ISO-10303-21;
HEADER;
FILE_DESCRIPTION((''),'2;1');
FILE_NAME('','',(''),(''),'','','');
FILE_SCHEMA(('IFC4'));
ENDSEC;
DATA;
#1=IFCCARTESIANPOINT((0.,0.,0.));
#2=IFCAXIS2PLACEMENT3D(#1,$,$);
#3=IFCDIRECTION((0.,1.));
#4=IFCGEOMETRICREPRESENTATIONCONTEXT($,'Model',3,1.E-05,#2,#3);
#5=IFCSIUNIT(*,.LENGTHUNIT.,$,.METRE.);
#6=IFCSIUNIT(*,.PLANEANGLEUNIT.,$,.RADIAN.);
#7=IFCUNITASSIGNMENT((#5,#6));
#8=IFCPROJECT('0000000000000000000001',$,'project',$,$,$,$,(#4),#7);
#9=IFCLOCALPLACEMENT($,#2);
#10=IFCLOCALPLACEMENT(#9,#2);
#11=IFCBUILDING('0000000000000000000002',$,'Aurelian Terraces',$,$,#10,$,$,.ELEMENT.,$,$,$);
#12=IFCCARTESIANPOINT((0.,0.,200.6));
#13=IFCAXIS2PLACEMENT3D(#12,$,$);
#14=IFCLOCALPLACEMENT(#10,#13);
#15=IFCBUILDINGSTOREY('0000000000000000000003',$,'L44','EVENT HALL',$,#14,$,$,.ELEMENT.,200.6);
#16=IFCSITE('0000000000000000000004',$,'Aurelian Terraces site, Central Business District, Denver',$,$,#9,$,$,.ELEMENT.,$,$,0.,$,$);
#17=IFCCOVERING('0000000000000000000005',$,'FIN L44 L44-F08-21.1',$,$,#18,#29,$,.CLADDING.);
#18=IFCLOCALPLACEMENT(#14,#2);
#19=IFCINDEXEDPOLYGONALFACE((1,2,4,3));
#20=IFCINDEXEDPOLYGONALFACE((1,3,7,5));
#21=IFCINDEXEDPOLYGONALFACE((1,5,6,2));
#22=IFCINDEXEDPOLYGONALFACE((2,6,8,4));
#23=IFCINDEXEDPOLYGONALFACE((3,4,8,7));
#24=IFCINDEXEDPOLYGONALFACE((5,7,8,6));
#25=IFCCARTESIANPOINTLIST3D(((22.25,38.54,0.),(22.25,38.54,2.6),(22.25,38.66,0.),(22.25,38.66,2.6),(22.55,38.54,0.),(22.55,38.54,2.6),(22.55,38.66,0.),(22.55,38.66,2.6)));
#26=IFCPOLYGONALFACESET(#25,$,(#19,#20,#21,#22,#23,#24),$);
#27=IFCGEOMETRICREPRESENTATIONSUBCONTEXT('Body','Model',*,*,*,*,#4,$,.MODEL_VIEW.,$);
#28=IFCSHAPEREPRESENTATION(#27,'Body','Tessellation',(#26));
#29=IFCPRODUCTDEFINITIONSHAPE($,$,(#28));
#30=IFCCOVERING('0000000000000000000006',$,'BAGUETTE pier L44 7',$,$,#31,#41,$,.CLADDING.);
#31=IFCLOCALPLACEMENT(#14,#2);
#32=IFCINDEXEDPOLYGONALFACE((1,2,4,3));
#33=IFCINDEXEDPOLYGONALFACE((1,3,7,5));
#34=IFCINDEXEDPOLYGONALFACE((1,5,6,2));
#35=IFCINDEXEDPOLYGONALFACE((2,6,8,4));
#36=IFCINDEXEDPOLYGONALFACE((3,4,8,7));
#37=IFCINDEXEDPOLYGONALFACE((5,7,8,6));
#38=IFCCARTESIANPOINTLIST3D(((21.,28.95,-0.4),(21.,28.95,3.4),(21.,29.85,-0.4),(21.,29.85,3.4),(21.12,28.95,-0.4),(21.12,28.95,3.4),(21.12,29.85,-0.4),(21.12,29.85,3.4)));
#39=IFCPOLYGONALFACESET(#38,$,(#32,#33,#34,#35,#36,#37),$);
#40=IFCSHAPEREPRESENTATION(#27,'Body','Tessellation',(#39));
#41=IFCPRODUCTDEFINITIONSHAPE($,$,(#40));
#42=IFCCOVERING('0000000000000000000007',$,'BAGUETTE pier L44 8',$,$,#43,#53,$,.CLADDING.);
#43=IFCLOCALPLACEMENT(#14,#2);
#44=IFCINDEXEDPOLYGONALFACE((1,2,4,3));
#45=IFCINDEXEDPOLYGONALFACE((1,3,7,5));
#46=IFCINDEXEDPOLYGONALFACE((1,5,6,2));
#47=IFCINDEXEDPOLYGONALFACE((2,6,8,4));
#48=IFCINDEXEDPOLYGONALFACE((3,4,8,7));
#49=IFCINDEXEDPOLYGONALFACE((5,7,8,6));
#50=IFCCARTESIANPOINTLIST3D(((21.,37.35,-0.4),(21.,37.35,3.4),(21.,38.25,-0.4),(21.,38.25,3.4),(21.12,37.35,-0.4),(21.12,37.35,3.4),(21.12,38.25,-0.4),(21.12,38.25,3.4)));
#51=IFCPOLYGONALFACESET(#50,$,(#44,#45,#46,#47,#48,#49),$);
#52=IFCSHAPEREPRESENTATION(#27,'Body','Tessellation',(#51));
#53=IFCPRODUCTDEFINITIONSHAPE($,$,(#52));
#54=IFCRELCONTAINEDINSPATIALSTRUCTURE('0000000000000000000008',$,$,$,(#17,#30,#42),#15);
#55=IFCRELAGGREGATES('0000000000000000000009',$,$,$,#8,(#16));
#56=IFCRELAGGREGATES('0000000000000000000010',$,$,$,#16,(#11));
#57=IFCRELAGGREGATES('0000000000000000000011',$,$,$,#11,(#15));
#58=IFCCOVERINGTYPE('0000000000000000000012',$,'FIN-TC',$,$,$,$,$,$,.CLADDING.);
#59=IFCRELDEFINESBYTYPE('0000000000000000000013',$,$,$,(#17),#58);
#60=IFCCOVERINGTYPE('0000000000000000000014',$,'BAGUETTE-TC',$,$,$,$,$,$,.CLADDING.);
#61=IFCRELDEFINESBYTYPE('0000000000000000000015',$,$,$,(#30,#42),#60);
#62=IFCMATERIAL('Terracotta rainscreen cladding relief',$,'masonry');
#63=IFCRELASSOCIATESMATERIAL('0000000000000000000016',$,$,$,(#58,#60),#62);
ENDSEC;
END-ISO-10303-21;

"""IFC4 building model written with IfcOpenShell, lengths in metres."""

from ifc_helpers import new_model, si_unit, direction, frame, origin, origin_2d, place, context, subcontext, project, spatial, rectangle, extrude, source, transform, mapped, material, type_object, element, save


model = new_model("IFC4")

# Units and contexts
model_context = context("Model", 3, precision=1e-05, world=origin(), true_north=direction((0.0, 1.0)))
body_context = subcontext(model_context, "Body", "Model", "MODEL_VIEW")
ifc_project = project(units=[si_unit("LENGTHUNIT", "METRE"), si_unit("PLANEANGLEUNIT", "RADIAN")], contexts=[model_context])

# Site, building, storey
site_placement = place(None, origin())
site = spatial("IfcSite", under=ifc_project, at=site_placement, Name="Aurelian Terraces site, Central Business District, Denver", CompositionType="ELEMENT", RefElevation=0.0)
building_placement = place(site_placement, origin())
building = spatial("IfcBuilding", under=site, at=building_placement, Name="Aurelian Terraces", CompositionType="ELEMENT")
storey_placement = place(building_placement, frame((0.0, 0.0, 200.6)))
storey = spatial("IfcBuildingStorey", under=building, at=storey_placement, Name="L44", Description="EVENT HALL", CompositionType="ELEMENT", Elevation=200.6)

# Coverings
ifc_material_1 = material(Name="Terracotta rainscreen cladding relief", Category="masonry")
covering_type_1 = type_object("IfcCoveringType", Name="FIN-TC", PredefinedType="CLADDING", material=ifc_material_1)
shared_shape_1 = source(origin(), body_context, "Body", "SweptSolid", [
    extrude(rectangle(XDim=0.3, YDim=0.12, at=origin_2d()), origin(), (0.0, 0.0, 1.0), 2.6),
])
covering_1_placement = place(storey_placement, frame((22.4, 38.6, 0.0), z_axis=(0.0, 0.0, 1.0), x_axis=(1.0, 0.0, 0.0)))
element("IfcCovering", 1, at=covering_1_placement, inside=storey, type_object=covering_type_1, Name="FIN L44 L44-F08-21.1", PredefinedType="CLADDING", context=body_context, shape_type="MappedRepresentation", body=[
    mapped(shared_shape_1, transform((0.0, 0.0, 0.0), scale=1.0)),
])
covering_type_2 = type_object("IfcCoveringType", Name="BAGUETTE-TC", PredefinedType="CLADDING", material=ifc_material_1)
shared_shape_2 = source(origin(), body_context, "Body", "SweptSolid", [
    extrude(rectangle(XDim=0.12, YDim=0.9, at=origin_2d()), origin(), (0.0, 0.0, 1.0), 3.8),
])
for number, where, z_axis, x_axis, name in (
    (2, (21.06, 29.4, -0.4), (0.0, 0.0, 1.0), (1.0, 0.0, 0.0), "BAGUETTE pier L44 7"),
    (3, (21.06, 37.8, -0.4), (0.0, 0.0, 1.0), (1.0, 0.0, 0.0), "BAGUETTE pier L44 8"),
):
    element("IfcCovering", number, at=place(storey_placement, frame(where, z_axis=z_axis, x_axis=x_axis)), inside=storey, type_object=covering_type_2, Name=name, PredefinedType="CLADDING", context=body_context, shape_type="MappedRepresentation", body=[
        mapped(shared_shape_2, transform((0.0, 0.0, 0.0), scale=1.0)),
    ])

save(model, "model.ifc")
